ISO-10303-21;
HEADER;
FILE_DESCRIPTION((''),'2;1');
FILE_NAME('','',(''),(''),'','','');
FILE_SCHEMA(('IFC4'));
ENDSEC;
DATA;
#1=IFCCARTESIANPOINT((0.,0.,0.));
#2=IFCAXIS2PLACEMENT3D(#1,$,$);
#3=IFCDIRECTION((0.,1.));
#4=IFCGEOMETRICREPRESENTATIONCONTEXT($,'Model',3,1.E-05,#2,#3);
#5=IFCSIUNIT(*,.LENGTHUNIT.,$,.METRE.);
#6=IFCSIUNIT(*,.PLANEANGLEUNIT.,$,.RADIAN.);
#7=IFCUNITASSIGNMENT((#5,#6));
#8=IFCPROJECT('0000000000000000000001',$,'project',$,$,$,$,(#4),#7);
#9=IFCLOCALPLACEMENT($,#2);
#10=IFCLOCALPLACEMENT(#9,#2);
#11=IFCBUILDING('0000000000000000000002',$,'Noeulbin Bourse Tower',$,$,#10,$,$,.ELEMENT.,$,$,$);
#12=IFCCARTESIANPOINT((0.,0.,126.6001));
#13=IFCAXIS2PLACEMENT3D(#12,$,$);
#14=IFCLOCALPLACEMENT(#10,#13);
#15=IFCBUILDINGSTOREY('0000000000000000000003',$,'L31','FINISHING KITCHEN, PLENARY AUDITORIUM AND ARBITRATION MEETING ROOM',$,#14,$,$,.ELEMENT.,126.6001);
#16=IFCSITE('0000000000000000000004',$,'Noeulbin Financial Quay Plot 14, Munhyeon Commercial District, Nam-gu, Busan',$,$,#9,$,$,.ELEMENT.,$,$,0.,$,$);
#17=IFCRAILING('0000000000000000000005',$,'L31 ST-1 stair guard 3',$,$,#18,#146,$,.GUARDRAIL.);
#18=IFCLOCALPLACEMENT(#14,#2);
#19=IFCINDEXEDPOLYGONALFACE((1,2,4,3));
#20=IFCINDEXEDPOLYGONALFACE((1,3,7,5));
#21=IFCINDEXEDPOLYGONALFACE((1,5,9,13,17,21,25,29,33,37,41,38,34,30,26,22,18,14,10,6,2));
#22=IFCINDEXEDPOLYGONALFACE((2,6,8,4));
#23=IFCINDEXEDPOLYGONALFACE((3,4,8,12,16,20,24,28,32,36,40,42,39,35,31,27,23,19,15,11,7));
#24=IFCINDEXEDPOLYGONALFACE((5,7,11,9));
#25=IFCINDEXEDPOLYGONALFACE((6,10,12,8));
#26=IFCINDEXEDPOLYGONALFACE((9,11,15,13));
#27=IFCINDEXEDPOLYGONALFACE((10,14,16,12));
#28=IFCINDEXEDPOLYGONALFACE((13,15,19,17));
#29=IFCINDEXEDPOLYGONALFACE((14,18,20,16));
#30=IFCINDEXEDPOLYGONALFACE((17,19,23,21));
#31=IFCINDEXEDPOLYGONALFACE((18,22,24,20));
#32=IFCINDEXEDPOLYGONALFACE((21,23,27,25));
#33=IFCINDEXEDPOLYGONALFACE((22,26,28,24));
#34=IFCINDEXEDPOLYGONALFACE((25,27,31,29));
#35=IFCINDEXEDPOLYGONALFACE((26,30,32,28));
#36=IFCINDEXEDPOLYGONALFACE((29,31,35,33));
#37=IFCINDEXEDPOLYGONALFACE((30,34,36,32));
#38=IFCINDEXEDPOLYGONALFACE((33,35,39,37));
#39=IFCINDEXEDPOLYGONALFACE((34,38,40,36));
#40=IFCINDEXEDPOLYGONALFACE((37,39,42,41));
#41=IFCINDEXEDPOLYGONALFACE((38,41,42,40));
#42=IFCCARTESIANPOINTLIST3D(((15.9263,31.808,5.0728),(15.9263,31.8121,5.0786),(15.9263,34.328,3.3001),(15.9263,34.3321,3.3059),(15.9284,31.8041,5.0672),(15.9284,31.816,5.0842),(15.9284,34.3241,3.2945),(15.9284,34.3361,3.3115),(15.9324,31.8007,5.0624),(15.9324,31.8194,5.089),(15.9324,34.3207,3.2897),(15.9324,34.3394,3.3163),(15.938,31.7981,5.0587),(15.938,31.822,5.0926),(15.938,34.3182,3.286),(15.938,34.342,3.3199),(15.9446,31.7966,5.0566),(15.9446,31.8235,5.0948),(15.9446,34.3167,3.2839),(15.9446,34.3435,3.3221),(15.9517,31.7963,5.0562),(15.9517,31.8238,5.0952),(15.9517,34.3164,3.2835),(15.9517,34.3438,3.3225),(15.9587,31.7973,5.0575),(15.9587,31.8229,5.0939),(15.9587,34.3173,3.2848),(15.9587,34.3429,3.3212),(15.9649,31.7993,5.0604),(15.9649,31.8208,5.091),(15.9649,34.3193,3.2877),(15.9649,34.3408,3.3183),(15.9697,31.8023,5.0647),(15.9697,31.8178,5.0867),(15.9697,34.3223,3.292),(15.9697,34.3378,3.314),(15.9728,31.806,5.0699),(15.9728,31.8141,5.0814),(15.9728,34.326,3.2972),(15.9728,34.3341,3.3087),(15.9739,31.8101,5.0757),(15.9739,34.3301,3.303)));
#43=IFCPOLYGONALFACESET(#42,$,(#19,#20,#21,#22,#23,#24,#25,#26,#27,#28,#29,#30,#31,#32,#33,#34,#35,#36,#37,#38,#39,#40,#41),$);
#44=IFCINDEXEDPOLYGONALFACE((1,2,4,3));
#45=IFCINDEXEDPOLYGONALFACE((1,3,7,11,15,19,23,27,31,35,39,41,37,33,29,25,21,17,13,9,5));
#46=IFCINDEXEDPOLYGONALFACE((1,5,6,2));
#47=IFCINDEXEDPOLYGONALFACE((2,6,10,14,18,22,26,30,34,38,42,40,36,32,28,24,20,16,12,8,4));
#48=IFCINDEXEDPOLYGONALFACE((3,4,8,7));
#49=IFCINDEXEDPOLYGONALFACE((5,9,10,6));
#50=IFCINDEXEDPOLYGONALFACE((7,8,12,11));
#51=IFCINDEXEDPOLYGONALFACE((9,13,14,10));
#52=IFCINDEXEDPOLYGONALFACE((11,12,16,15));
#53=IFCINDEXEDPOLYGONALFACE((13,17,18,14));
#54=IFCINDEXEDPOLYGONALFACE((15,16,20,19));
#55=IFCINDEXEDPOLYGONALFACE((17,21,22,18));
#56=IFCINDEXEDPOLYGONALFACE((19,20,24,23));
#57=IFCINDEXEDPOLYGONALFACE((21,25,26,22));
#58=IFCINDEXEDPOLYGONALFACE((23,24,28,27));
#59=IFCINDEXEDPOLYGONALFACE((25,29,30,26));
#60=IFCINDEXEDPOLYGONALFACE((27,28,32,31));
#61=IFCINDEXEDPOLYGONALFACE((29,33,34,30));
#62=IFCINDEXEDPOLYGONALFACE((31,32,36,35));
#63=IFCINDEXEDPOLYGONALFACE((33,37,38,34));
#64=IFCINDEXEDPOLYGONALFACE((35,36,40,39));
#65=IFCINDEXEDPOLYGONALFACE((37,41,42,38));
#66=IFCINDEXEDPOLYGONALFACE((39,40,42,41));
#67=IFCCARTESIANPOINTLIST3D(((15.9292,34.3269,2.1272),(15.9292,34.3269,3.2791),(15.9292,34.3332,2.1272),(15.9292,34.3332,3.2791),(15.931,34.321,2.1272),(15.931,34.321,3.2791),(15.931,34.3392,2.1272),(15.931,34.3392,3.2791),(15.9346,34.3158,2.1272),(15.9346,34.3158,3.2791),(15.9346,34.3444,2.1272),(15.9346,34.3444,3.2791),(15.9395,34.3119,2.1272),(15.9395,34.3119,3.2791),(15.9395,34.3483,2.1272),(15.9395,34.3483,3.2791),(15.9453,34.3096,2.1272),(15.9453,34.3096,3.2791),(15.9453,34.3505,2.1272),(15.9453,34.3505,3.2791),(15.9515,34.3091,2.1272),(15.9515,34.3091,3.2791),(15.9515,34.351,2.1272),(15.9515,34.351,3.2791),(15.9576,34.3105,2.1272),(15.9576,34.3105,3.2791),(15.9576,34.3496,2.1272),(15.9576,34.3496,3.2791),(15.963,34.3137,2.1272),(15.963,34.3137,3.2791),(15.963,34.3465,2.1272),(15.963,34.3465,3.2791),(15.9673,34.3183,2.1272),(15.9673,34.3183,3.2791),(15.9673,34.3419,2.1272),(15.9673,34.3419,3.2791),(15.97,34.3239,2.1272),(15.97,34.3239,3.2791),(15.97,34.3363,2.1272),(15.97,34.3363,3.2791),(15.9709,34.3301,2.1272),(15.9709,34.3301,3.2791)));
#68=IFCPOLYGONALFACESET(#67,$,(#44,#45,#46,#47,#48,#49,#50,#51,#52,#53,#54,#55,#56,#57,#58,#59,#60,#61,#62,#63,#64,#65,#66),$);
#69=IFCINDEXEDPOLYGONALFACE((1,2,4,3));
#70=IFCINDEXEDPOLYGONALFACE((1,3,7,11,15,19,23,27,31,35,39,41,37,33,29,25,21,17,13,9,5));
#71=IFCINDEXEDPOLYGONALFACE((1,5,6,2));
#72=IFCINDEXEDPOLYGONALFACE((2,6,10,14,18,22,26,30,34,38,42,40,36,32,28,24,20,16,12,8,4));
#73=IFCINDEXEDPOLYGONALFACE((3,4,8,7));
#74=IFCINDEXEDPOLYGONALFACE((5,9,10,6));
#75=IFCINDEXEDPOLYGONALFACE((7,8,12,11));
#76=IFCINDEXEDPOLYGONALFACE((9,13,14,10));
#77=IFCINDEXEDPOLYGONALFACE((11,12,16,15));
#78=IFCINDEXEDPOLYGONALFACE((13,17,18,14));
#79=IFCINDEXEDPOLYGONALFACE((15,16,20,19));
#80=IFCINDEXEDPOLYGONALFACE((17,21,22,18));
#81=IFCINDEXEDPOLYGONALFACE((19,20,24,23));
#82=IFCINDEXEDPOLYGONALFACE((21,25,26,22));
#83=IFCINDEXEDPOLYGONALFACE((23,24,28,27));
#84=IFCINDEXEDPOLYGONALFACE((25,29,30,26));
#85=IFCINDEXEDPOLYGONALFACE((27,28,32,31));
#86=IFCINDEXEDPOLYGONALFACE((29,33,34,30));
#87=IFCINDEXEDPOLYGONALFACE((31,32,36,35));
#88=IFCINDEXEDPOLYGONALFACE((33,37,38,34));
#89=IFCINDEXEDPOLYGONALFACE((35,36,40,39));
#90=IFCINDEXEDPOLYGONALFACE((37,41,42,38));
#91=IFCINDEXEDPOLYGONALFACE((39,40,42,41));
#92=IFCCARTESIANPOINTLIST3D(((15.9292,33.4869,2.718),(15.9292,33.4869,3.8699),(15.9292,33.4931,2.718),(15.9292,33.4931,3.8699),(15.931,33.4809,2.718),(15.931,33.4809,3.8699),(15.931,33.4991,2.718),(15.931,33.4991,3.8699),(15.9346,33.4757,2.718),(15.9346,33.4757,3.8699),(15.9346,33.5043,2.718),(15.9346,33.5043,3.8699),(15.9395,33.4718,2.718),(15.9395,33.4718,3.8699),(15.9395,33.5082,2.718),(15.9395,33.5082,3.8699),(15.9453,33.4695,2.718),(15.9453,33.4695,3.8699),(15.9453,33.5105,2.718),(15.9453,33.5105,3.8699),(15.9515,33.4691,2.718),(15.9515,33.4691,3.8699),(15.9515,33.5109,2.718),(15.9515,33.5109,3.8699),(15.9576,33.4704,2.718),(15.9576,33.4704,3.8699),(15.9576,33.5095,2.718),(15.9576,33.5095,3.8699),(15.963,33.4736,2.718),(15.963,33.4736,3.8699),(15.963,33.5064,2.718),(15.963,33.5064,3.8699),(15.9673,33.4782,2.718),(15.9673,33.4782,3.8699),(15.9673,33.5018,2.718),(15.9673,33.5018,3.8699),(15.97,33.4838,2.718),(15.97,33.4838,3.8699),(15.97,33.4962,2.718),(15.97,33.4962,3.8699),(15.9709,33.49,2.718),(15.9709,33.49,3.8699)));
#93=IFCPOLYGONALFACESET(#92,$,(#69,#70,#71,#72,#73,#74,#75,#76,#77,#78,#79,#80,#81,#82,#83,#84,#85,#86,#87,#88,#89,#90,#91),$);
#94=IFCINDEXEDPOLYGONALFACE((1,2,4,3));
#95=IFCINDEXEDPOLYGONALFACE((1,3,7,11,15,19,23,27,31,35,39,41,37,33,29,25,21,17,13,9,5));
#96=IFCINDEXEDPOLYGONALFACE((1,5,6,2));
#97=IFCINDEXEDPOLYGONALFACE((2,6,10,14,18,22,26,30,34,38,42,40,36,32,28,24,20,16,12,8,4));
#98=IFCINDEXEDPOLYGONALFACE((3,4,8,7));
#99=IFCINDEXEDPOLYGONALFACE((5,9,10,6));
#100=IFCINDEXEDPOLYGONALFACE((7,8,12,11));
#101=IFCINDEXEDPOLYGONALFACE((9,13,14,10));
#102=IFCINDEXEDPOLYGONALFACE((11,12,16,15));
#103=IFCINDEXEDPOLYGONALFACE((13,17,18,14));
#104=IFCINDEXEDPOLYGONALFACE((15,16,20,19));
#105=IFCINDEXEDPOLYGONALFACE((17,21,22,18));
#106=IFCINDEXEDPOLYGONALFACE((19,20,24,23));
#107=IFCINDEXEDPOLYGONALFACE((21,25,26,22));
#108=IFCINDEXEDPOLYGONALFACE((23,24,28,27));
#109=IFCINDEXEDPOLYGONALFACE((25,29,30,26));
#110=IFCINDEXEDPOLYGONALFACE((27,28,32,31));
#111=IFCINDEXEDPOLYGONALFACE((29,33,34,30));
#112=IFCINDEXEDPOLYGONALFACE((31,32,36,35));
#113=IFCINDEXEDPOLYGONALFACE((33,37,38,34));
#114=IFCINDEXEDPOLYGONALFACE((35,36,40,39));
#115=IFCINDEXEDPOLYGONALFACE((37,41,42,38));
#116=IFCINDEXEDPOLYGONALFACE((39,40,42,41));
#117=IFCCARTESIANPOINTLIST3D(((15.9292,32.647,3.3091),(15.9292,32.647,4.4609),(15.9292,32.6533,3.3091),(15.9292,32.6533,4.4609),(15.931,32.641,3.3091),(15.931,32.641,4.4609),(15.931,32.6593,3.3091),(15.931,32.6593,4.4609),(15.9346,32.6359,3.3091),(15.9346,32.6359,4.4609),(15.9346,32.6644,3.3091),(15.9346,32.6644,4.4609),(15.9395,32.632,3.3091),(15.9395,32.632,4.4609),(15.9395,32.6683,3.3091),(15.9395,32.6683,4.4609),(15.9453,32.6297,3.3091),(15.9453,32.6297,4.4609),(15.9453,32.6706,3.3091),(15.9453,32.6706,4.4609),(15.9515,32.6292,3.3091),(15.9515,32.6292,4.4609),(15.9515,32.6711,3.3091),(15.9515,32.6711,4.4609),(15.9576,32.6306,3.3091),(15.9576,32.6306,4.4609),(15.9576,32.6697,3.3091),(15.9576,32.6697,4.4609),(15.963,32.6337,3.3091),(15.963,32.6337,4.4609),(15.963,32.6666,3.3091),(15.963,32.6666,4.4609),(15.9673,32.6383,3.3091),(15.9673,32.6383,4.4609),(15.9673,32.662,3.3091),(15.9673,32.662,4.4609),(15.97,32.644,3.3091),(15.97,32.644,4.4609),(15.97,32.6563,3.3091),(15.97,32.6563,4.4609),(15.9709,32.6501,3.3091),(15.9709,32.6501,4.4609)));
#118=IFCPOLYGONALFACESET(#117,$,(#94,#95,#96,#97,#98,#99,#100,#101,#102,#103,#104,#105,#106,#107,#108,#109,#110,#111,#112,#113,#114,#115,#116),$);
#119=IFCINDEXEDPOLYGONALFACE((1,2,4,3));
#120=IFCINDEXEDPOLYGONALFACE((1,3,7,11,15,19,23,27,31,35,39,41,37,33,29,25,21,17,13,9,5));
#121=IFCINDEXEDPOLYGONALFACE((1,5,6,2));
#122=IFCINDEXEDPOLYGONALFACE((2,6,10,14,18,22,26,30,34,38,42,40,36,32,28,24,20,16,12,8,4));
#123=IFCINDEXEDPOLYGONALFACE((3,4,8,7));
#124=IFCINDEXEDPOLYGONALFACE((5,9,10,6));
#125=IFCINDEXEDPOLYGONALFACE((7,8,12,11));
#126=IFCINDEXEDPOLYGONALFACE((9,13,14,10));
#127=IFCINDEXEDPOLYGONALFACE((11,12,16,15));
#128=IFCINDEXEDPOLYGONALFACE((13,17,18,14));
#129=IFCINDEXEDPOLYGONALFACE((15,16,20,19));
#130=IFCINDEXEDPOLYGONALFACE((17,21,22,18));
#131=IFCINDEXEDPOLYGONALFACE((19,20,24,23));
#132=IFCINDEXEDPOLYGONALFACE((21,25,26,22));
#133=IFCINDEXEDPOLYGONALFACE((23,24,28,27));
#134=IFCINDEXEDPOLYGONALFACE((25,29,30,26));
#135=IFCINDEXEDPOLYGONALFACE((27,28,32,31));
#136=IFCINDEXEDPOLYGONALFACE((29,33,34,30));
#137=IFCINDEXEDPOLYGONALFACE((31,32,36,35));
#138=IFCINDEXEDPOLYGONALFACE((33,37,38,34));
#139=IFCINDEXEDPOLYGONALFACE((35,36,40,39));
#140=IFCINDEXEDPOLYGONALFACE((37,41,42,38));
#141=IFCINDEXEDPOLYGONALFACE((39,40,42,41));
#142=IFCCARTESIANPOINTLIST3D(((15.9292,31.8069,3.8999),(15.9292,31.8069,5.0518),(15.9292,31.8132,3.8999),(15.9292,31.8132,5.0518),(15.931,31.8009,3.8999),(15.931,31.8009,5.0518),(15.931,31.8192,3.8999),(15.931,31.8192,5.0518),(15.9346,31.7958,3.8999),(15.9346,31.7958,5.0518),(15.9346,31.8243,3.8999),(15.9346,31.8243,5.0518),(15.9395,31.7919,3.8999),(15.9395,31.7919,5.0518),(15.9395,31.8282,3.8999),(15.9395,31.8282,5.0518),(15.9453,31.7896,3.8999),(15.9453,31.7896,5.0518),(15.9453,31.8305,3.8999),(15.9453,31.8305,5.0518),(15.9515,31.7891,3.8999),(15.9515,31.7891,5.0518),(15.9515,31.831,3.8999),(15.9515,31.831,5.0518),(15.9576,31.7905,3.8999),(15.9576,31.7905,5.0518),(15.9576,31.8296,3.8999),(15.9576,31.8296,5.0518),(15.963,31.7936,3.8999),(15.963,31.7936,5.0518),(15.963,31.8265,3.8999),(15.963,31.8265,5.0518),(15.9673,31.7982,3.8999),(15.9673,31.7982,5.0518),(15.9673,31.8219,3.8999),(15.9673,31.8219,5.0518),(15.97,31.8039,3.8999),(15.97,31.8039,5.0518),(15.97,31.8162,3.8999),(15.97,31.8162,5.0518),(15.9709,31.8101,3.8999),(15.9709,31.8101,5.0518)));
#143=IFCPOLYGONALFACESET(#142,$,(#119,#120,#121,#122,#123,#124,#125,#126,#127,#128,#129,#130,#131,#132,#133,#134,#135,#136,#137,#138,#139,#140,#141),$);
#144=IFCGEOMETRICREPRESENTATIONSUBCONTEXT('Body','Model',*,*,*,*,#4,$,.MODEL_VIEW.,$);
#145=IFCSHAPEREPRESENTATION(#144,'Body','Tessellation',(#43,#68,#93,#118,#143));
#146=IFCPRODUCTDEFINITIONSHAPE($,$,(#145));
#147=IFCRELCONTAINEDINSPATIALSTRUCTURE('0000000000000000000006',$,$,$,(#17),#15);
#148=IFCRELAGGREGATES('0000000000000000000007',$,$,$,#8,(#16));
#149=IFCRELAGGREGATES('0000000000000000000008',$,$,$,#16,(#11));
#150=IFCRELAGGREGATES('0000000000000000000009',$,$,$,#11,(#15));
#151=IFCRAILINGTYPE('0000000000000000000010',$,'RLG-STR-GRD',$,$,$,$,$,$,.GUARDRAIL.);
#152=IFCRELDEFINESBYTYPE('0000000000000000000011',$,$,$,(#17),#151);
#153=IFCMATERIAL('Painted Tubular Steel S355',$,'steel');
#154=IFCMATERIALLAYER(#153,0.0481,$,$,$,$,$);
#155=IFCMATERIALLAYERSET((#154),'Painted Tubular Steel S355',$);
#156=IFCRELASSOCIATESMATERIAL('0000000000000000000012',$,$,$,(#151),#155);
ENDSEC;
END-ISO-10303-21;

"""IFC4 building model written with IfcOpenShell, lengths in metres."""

from ifc_helpers import new_model, si_unit, direction, frame, origin, origin_2d, place, context, subcontext, project, spatial, circle, extrude, material, layer, layer_set, type_object, element, save


model = new_model("IFC4")

# Units and contexts
model_context = context("Model", 3, precision=1e-05, world=origin(), true_north=direction((0.0, 1.0)))
body_context = subcontext(model_context, "Body", "Model", "MODEL_VIEW")
ifc_project = project(units=[si_unit("LENGTHUNIT", "METRE"), si_unit("PLANEANGLEUNIT", "RADIAN")], contexts=[model_context])

# Site, building, storey
site_placement = place(None, origin())
site = spatial("IfcSite", under=ifc_project, at=site_placement, Name="Noeulbin Financial Quay Plot 14, Munhyeon Commercial District, Nam-gu, Busan", CompositionType="ELEMENT", RefElevation=0.0)
building_placement = place(site_placement, origin())
building = spatial("IfcBuilding", under=site, at=building_placement, Name="Noeulbin Bourse Tower", CompositionType="ELEMENT")
storey_placement = place(building_placement, frame((0.0, 0.0, 126.6001)))
storey = spatial("IfcBuildingStorey", under=building, at=storey_placement, Name="L31", Description="FINISHING KITCHEN, PLENARY AUDITORIUM AND ARBITRATION MEETING ROOM", CompositionType="ELEMENT", Elevation=126.6001)

# Railing
ifc_material_1 = material(Name="Painted Tubular Steel S355", Category="steel")
ifc_layer_1 = layer(ifc_material_1, 0.0481)
ifc_layer_set_1 = layer_set([ifc_layer_1], Name="Painted Tubular Steel S355")
railing_type_1 = type_object("IfcRailingType", Name="RLG-STR-GRD", PredefinedType="GUARDRAIL", material=ifc_layer_set_1)
railing_1_placement = place(storey_placement, frame((15.95, 34.3301, 2.1272)))
element("IfcRailing", 1, at=railing_1_placement, inside=storey, type_object=railing_type_1, Name="L31 ST-1 stair guard 3", PredefinedType="GUARDRAIL", context=body_context, shape_type="SweptSolid", body=[
    extrude(circle(Radius=0.0239, at=origin_2d()), frame((0.0, 0.0, 1.1758), z_axis=(0.0, -0.817904, 0.575354), x_axis=(1.0, 0.0, 0.0)), (0.0, 0.0, 1.0), 3.0811),
    extrude(circle(Radius=0.021, at=origin_2d()), origin(), (0.0, 0.0, 1.0), 1.1519),
    extrude(circle(Radius=0.021, at=origin_2d()), frame((0.0, -0.8401, 0.5908)), (0.0, 0.0, 1.0), 1.1519),
    extrude(circle(Radius=0.021, at=origin_2d()), frame((0.0, -1.6799, 1.1819)), (0.0, 0.0, 1.0), 1.1519),
    extrude(circle(Radius=0.021, at=origin_2d()), frame((0.0, -2.52, 1.7727)), (0.0, 0.0, 1.0), 1.1519),
])

save(model, "model.ifc")
